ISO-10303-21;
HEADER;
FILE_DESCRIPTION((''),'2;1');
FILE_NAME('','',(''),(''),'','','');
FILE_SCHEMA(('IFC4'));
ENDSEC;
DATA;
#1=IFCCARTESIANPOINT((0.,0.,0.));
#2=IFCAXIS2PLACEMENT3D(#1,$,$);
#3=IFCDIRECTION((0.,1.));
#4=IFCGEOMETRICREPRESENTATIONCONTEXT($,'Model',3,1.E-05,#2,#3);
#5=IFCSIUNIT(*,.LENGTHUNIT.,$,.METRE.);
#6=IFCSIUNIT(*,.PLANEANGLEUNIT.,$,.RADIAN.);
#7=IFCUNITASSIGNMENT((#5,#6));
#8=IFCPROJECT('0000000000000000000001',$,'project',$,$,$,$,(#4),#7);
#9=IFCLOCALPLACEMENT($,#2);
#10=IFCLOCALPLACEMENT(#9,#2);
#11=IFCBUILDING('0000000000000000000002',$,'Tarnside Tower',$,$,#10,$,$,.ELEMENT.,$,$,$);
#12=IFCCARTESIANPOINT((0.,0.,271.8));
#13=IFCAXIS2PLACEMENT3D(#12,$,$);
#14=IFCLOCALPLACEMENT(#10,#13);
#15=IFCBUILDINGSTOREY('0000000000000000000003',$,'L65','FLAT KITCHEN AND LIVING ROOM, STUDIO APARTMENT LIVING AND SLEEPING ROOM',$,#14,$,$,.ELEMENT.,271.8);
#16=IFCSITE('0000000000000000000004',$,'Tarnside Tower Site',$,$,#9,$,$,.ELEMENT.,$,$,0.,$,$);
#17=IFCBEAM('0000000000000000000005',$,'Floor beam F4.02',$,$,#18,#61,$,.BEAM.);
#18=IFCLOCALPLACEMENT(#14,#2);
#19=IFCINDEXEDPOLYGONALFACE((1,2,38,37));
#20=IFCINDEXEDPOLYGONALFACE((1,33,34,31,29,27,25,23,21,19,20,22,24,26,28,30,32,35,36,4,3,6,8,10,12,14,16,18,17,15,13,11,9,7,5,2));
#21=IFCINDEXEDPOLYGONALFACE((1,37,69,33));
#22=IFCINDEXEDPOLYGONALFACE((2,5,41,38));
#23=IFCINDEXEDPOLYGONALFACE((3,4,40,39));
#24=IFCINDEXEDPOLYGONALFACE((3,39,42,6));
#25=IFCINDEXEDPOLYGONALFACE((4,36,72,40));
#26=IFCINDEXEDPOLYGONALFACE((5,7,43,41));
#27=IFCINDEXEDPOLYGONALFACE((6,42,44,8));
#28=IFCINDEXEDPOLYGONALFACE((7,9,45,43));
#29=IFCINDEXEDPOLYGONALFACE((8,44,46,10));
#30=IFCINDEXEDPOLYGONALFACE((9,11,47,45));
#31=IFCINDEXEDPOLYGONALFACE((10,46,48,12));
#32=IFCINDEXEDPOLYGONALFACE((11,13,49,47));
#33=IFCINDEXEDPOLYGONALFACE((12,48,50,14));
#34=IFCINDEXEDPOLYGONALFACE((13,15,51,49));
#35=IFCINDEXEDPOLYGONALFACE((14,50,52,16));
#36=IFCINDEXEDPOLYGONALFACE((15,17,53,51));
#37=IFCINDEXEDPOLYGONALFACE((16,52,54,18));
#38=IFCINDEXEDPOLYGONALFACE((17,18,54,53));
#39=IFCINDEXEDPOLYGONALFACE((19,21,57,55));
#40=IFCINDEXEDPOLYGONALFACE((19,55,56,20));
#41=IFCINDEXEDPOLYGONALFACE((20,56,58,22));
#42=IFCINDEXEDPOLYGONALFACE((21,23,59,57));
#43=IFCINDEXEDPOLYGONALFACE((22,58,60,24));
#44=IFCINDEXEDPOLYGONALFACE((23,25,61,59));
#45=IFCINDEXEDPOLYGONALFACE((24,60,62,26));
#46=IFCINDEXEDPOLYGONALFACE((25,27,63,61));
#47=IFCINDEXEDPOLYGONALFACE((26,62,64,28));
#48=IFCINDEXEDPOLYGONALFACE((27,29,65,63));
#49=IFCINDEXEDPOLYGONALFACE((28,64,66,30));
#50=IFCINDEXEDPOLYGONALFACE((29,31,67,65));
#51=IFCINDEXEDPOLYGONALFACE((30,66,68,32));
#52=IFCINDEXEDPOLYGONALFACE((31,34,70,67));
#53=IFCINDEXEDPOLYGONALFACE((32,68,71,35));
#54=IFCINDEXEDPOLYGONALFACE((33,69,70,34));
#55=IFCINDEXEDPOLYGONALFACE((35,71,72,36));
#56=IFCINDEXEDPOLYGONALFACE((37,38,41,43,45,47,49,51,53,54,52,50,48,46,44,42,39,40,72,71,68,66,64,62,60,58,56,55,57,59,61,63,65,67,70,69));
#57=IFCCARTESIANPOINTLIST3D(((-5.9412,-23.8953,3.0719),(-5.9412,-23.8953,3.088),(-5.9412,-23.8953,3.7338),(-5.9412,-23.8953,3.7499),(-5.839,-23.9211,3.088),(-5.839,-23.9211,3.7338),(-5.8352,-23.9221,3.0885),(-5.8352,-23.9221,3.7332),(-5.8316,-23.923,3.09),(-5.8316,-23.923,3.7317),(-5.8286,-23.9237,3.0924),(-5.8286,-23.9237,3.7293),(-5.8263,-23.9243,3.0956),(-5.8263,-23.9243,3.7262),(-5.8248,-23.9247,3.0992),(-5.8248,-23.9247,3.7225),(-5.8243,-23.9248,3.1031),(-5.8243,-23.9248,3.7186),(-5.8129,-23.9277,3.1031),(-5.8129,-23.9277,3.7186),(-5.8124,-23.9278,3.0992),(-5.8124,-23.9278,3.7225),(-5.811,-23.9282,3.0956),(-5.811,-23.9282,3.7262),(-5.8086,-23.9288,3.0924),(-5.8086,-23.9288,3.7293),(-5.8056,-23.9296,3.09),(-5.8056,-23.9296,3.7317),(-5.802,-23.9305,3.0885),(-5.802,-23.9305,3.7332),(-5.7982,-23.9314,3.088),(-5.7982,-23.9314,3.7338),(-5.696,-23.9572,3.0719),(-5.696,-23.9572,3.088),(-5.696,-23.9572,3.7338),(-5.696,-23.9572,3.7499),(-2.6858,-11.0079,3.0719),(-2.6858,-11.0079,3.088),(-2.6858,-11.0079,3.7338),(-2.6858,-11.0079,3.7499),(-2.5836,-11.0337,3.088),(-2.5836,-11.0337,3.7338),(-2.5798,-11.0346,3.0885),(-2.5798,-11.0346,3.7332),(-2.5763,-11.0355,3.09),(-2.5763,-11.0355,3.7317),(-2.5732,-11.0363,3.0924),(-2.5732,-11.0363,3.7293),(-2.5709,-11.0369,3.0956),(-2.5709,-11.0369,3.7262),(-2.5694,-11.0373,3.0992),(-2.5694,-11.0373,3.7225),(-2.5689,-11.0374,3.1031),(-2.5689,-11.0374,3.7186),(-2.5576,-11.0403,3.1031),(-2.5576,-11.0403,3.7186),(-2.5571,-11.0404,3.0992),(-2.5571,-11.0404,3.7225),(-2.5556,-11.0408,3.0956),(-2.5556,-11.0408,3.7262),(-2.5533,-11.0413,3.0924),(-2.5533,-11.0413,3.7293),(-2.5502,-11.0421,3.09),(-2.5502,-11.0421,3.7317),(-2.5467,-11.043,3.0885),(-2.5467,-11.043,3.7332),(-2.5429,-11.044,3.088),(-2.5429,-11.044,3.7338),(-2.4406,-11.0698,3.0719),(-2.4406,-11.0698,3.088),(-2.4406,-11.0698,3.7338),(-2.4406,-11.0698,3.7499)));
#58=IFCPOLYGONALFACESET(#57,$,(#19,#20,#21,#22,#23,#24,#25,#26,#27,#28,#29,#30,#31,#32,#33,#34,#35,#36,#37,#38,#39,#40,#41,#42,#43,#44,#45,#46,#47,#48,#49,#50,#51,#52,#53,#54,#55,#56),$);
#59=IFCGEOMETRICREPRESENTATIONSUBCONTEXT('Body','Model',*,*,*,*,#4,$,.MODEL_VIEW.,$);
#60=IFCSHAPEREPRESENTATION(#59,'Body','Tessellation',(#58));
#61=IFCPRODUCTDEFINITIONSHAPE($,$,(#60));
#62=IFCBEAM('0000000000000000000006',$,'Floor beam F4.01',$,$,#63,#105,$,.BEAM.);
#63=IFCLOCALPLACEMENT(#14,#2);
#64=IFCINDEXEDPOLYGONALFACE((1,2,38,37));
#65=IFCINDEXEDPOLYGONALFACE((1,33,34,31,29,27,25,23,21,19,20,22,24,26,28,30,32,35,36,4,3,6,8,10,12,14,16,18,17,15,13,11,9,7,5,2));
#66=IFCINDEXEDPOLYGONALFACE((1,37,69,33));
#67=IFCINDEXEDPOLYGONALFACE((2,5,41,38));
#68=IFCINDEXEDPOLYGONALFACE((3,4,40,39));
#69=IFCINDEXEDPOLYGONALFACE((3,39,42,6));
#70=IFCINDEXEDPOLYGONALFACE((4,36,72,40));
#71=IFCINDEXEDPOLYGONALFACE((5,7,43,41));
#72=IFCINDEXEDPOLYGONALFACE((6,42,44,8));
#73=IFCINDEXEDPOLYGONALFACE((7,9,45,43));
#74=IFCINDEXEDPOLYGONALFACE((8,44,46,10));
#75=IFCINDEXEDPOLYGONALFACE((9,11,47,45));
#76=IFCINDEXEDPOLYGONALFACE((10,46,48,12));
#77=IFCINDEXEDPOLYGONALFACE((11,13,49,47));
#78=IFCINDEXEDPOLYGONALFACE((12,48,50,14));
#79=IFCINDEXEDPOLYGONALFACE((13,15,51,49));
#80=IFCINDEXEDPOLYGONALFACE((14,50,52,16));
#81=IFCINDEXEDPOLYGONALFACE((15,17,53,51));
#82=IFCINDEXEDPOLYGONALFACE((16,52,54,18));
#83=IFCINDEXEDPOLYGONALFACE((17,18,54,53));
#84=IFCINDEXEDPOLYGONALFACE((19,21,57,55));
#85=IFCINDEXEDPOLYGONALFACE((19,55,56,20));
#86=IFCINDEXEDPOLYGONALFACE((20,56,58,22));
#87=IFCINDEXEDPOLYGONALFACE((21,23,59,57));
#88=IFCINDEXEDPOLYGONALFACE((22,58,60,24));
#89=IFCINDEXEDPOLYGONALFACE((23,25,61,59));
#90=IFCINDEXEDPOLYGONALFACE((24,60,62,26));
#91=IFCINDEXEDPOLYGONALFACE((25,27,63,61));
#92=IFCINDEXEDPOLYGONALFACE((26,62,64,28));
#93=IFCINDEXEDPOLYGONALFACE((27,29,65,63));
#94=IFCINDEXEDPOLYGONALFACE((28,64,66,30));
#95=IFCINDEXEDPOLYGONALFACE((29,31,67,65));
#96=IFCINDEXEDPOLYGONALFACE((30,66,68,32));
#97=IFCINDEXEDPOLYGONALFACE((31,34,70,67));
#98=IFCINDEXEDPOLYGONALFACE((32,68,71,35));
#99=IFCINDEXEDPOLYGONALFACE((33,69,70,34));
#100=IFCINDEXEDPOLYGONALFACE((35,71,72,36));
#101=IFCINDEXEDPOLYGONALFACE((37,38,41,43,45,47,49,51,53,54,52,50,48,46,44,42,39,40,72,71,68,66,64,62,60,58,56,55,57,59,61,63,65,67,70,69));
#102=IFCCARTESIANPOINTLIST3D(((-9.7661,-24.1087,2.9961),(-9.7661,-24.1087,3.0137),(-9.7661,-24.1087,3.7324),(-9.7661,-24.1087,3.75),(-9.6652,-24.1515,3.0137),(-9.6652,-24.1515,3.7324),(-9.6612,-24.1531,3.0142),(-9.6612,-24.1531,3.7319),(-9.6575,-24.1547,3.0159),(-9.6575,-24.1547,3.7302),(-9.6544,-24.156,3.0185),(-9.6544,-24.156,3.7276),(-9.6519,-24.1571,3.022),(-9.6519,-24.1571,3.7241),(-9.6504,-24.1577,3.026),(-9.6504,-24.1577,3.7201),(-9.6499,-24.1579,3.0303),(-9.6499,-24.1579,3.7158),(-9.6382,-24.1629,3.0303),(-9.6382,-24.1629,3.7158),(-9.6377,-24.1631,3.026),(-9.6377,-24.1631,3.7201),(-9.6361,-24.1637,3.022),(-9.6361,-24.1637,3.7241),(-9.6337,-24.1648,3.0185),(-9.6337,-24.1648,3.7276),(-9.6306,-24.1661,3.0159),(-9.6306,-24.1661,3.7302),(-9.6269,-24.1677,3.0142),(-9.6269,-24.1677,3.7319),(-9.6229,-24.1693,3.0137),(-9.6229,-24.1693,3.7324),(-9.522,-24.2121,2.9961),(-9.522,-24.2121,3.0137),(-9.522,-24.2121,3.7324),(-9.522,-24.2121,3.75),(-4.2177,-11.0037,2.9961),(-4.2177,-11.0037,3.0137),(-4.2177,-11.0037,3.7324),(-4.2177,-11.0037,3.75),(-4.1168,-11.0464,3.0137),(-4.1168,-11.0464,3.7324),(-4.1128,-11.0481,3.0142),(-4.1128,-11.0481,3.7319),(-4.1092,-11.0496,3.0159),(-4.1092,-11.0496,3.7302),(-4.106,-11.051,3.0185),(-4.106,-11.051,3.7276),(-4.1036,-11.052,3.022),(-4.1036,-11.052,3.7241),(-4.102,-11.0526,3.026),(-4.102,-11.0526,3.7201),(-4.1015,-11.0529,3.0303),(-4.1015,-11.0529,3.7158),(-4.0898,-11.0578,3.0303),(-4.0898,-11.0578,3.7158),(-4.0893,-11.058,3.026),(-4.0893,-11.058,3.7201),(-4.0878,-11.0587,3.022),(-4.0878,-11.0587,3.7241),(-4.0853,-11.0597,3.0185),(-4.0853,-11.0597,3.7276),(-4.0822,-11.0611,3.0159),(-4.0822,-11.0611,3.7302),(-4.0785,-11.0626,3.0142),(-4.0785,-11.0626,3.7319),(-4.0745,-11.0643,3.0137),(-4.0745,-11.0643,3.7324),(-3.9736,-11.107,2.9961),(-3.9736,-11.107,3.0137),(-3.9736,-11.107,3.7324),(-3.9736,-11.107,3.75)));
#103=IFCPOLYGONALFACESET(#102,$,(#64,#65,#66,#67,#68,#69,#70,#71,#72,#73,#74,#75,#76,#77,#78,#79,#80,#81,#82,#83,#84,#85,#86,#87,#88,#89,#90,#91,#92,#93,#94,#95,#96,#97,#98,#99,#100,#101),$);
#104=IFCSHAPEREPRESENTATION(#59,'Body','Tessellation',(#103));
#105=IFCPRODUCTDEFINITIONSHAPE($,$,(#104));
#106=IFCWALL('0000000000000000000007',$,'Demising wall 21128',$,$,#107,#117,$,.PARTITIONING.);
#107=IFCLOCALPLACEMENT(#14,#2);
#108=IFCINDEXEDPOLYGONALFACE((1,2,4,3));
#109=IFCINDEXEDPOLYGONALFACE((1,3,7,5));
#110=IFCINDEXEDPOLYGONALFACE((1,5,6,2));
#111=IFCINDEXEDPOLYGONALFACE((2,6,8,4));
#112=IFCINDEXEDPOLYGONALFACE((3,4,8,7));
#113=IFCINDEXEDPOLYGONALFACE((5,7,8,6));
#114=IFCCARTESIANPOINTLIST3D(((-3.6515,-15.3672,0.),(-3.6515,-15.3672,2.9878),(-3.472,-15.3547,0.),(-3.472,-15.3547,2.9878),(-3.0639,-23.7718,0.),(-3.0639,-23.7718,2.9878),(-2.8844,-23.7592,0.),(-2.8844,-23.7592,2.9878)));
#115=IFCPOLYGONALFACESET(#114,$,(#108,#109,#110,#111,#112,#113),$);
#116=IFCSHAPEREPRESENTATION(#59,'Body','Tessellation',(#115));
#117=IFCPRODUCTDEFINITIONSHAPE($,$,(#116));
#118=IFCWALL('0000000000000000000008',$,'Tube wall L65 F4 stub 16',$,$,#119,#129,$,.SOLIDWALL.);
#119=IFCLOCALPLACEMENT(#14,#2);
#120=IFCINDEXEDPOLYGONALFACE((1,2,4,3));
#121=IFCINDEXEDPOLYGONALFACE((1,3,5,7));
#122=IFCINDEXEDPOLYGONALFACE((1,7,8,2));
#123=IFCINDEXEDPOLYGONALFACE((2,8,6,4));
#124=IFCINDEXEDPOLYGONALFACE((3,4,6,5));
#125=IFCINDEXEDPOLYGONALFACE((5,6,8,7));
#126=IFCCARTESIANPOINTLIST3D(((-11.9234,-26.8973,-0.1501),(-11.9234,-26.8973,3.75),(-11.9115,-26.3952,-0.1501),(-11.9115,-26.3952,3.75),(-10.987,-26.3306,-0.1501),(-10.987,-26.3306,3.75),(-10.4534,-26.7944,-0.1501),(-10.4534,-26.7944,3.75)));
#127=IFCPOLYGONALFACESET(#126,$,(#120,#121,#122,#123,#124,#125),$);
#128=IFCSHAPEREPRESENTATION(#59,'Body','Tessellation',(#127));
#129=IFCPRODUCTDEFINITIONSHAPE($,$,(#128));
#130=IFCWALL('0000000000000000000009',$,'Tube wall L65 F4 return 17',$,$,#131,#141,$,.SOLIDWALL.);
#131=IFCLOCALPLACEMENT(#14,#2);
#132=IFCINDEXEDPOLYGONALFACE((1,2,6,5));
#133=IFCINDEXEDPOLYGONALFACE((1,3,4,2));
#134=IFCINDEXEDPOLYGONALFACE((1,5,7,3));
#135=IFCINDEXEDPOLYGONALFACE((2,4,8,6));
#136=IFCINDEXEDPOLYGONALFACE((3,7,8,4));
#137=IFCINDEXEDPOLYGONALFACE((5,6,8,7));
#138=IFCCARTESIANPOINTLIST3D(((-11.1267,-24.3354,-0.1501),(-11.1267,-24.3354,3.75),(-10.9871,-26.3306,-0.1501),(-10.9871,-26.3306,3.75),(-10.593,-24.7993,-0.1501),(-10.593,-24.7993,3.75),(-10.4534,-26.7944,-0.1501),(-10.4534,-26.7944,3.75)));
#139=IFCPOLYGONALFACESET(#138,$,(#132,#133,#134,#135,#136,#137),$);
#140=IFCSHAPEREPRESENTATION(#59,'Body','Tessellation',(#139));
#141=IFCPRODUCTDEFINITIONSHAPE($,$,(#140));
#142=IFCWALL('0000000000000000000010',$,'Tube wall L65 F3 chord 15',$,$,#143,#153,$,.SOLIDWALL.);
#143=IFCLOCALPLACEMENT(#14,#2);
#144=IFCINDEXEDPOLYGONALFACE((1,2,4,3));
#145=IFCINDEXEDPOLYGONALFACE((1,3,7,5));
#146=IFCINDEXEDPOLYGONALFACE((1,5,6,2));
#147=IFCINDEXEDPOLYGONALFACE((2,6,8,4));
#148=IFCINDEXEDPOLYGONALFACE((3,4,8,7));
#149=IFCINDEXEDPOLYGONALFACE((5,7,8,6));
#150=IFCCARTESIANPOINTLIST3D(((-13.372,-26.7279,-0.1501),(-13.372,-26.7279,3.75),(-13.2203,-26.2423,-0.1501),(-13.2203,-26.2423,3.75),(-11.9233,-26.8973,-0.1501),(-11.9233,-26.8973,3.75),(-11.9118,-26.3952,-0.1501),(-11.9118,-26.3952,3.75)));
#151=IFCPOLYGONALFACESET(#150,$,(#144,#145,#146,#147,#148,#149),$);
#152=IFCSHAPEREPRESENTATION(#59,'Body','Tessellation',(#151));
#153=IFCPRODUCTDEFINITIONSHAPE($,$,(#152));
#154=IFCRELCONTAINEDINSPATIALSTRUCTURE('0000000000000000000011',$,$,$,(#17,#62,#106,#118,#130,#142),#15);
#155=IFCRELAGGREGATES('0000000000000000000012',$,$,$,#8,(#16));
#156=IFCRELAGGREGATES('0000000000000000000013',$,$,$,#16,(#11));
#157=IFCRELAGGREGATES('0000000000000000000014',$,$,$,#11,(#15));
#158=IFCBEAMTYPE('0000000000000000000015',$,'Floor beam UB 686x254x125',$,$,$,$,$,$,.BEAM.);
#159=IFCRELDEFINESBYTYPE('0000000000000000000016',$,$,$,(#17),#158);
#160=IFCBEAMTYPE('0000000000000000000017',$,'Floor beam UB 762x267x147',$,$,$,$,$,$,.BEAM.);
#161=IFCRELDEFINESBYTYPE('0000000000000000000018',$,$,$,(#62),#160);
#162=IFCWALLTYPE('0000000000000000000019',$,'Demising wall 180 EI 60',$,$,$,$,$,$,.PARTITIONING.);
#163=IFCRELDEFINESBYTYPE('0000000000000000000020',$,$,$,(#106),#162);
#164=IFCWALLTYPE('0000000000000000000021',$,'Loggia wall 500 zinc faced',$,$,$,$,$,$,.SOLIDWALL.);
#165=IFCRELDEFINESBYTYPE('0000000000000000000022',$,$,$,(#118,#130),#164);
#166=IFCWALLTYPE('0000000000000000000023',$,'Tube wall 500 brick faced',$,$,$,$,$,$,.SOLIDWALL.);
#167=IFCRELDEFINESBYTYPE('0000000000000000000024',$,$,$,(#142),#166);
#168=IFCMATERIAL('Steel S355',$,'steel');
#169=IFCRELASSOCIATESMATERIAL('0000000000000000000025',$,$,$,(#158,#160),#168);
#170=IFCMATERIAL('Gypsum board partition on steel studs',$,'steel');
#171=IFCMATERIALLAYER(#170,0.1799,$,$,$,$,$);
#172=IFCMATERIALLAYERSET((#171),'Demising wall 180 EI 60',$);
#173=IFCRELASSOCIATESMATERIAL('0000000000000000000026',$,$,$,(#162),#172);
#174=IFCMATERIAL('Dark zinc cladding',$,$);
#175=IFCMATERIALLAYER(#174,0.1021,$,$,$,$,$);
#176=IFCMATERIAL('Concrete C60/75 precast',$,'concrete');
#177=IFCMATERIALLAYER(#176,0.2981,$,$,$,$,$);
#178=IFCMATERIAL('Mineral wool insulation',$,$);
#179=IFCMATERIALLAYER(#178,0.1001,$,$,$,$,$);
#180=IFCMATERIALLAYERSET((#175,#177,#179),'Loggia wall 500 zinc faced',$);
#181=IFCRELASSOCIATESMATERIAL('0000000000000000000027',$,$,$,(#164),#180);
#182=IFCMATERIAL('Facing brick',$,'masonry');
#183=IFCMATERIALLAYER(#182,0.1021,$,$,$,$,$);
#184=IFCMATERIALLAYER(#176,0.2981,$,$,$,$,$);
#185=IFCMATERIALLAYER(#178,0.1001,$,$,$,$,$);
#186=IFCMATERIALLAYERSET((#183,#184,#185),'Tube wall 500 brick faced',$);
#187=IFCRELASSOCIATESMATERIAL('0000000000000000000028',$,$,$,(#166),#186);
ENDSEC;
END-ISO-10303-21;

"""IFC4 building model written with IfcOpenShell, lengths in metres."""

from ifc_helpers import new_model, si_unit, direction, frame, frame_2d, origin, origin_2d, place, context, subcontext, project, spatial, polyline, rectangle, i_section, outline, extrude, material, layer, layer_set, material_profile, profile_set, type_object, element, save


model = new_model("IFC4")

# Units and contexts
model_context = context("Model", 3, precision=1e-05, world=origin(), true_north=direction((0.0, 1.0)))
body_context = subcontext(model_context, "Body", "Model", "MODEL_VIEW")
ifc_project = project(units=[si_unit("LENGTHUNIT", "METRE"), si_unit("PLANEANGLEUNIT", "RADIAN")], contexts=[model_context])

# Site, building, storey
site_placement = place(None, origin())
site = spatial("IfcSite", under=ifc_project, at=site_placement, Name="Tarnside Tower Site", CompositionType="ELEMENT", RefElevation=0.0)
building_placement = place(site_placement, origin())
building = spatial("IfcBuilding", under=site, at=building_placement, Name="Tarnside Tower", CompositionType="ELEMENT")
storey_placement = place(building_placement, frame((0.0, 0.0, 271.8)))
storey = spatial("IfcBuildingStorey", under=building, at=storey_placement, Name="L65", Description="FLAT KITCHEN AND LIVING ROOM, STUDIO APARTMENT LIVING AND SLEEPING ROOM", CompositionType="ELEMENT", Elevation=271.8)

# Beams
ifc_material_1 = material(Name="Steel S355", Category="steel")
ifc_material_profile_1 = material_profile(ifc_material_1, i_section(OverallWidth=0.2529, OverallDepth=0.678, WebThickness=0.0117, FlangeThickness=0.0161, FilletRadius=0.0151, at=origin_2d()), Name="UB 686x254x125")
ifc_profile_set_1 = profile_set([ifc_material_profile_1], Name="Steel S355")
beam_type_1 = type_object("IfcBeamType", Name="Floor beam UB 686x254x125", PredefinedType="BEAM", material=ifc_profile_set_1)
beam_1_placement = place(storey_placement, frame((-5.8186, -23.9263, 3.4109), z_axis=(0.244908, 0.969546, 0.0), x_axis=(-0.969546, 0.244908, 0.0)))
element("IfcBeam", 1, at=beam_1_placement, inside=storey, type_object=beam_type_1, Name="Floor beam F4.02", PredefinedType="BEAM", context=body_context, shape_type="SweptSolid", body=[
    extrude(i_section(OverallWidth=0.2529, OverallDepth=0.678, WebThickness=0.0117, FlangeThickness=0.0161, FilletRadius=0.0151, at=origin_2d()), origin(), (0.0, 0.0, 1.0), 13.2922),
])
ifc_material_profile_2 = material_profile(ifc_material_1, i_section(OverallWidth=0.2651, OverallDepth=0.7539, WebThickness=0.0127, FlangeThickness=0.0176, FilletRadius=0.0166, at=origin_2d()), Name="UB 762x267x147")
ifc_profile_set_2 = profile_set([ifc_material_profile_2], Name="Steel S355")
beam_type_2 = type_object("IfcBeamType", Name="Floor beam UB 762x267x147", PredefinedType="BEAM", material=ifc_profile_set_2)
beam_2_placement = place(storey_placement, frame((-9.644, -24.1604, 3.373), z_axis=(0.389874, 0.920868, 0.0), x_axis=(-0.920868, 0.389874, 0.0)))
element("IfcBeam", 2, at=beam_2_placement, inside=storey, type_object=beam_type_2, Name="Floor beam F4.01", PredefinedType="BEAM", context=body_context, shape_type="SweptSolid", body=[
    extrude(i_section(OverallWidth=0.2651, OverallDepth=0.7539, WebThickness=0.0127, FlangeThickness=0.0176, FilletRadius=0.0166, at=origin_2d()), origin(), (0.0, 0.0, 1.0), 14.2312),
])

# Walls
ifc_material_2 = material(Name="Gypsum board partition on steel studs", Category="steel")
ifc_layer_1 = layer(ifc_material_2, 0.1799)
ifc_layer_set_1 = layer_set([ifc_layer_1], Name="Demising wall 180 EI 60")
wall_type_1 = type_object("IfcWallType", Name="Demising wall 180 EI 60", PredefinedType="PARTITIONING", material=ifc_layer_set_1)
wall_1_placement = place(storey_placement, frame((-2.9741, -23.7654, 0.0), z_axis=(0.0, 0.0, 1.0), x_axis=(-0.06975, 0.997565, 0.0)))
element("IfcWall", 3, at=wall_1_placement, inside=storey, type_object=wall_type_1, Name="Demising wall 21128", PredefinedType="PARTITIONING", context=body_context, shape_type="SweptSolid", body=[
    extrude(rectangle(XDim=8.425, YDim=0.1799, at=frame_2d((4.2124, 0.0))), origin(), (0.0, 0.0, 1.0), 2.9878),
])
ifc_material_3 = material(Name="Dark zinc cladding")
ifc_layer_2 = layer(ifc_material_3, 0.1021)
ifc_material_4 = material(Name="Concrete C60/75 precast", Category="concrete")
ifc_layer_3 = layer(ifc_material_4, 0.2981)
ifc_material_5 = material(Name="Mineral wool insulation")
ifc_layer_4 = layer(ifc_material_5, 0.1001)
ifc_layer_set_2 = layer_set([ifc_layer_2, ifc_layer_3, ifc_layer_4], Name="Loggia wall 500 zinc faced")
wall_type_2 = type_object("IfcWallType", Name="Loggia wall 500 zinc faced", PredefinedType="SOLIDWALL", material=ifc_layer_set_2)
wall_2_placement = place(storey_placement, frame((-11.9175, -26.6462, -0.1501), z_axis=(0.0, 0.0, 1.0), x_axis=(0.997563, 0.069772, 0.0)))
element("IfcWall", 4, at=wall_2_placement, inside=storey, type_object=wall_type_2, Name="Tube wall L65 F4 stub 16", PredefinedType="SOLIDWALL", context=body_context, shape_type="SweptSolid", body=[
    extrude(outline(polyline([(-0.0234, -0.25), (1.4502, -0.25), (0.9502, 0.25), (0.0234, 0.25), (-0.0234, -0.25)])), origin(), (0.0, 0.0, 1.0), 3.9001),
])
wall_3_placement = place(storey_placement, frame((-10.7202, -26.5625, -0.1501), z_axis=(0.0, 0.0, 1.0), x_axis=(-0.069824, 0.997559, 0.0)))
element("IfcWall", 5, at=wall_3_placement, inside=storey, type_object=wall_type_2, Name="Tube wall L65 F4 return 17", PredefinedType="SOLIDWALL", context=body_context, shape_type="SweptSolid", body=[
    extrude(outline(polyline([(-0.25, -0.25), (1.75, -0.25), (2.25, 0.25), (0.25, 0.25), (-0.25, -0.25)])), origin(), (0.0, 0.0, 1.0), 3.9001),
])

# Wall
ifc_material_6 = material(Name="Facing brick", Category="masonry")
ifc_layer_5 = layer(ifc_material_6, 0.1021)
ifc_layer_6 = layer(ifc_material_4, 0.2981)
ifc_layer_7 = layer(ifc_material_5, 0.1001)
ifc_layer_set_3 = layer_set([ifc_layer_5, ifc_layer_6, ifc_layer_7], Name="Tube wall 500 brick faced")
wall_type_3 = type_object("IfcWallType", Name="Tube wall 500 brick faced", PredefinedType="SOLIDWALL", material=ifc_layer_set_3)
wall_4_placement = place(storey_placement, frame((-13.2961, -26.4851, -0.1501), z_axis=(0.0, 0.0, 1.0), x_axis=(0.993239, -0.116086, 0.0)))
element("IfcWall", 6, at=wall_4_placement, inside=storey, type_object=wall_type_3, Name="Tube wall L65 F3 chord 15", PredefinedType="SOLIDWALL", context=body_context, shape_type="SweptSolid", body=[
    extrude(outline(polyline([(-0.0471, -0.25), (1.4114, -0.25), (1.3645, 0.25), (0.0471, 0.25), (-0.0471, -0.25)])), origin(), (0.0, 0.0, 1.0), 3.9001),
])

save(model, "model.ifc")
